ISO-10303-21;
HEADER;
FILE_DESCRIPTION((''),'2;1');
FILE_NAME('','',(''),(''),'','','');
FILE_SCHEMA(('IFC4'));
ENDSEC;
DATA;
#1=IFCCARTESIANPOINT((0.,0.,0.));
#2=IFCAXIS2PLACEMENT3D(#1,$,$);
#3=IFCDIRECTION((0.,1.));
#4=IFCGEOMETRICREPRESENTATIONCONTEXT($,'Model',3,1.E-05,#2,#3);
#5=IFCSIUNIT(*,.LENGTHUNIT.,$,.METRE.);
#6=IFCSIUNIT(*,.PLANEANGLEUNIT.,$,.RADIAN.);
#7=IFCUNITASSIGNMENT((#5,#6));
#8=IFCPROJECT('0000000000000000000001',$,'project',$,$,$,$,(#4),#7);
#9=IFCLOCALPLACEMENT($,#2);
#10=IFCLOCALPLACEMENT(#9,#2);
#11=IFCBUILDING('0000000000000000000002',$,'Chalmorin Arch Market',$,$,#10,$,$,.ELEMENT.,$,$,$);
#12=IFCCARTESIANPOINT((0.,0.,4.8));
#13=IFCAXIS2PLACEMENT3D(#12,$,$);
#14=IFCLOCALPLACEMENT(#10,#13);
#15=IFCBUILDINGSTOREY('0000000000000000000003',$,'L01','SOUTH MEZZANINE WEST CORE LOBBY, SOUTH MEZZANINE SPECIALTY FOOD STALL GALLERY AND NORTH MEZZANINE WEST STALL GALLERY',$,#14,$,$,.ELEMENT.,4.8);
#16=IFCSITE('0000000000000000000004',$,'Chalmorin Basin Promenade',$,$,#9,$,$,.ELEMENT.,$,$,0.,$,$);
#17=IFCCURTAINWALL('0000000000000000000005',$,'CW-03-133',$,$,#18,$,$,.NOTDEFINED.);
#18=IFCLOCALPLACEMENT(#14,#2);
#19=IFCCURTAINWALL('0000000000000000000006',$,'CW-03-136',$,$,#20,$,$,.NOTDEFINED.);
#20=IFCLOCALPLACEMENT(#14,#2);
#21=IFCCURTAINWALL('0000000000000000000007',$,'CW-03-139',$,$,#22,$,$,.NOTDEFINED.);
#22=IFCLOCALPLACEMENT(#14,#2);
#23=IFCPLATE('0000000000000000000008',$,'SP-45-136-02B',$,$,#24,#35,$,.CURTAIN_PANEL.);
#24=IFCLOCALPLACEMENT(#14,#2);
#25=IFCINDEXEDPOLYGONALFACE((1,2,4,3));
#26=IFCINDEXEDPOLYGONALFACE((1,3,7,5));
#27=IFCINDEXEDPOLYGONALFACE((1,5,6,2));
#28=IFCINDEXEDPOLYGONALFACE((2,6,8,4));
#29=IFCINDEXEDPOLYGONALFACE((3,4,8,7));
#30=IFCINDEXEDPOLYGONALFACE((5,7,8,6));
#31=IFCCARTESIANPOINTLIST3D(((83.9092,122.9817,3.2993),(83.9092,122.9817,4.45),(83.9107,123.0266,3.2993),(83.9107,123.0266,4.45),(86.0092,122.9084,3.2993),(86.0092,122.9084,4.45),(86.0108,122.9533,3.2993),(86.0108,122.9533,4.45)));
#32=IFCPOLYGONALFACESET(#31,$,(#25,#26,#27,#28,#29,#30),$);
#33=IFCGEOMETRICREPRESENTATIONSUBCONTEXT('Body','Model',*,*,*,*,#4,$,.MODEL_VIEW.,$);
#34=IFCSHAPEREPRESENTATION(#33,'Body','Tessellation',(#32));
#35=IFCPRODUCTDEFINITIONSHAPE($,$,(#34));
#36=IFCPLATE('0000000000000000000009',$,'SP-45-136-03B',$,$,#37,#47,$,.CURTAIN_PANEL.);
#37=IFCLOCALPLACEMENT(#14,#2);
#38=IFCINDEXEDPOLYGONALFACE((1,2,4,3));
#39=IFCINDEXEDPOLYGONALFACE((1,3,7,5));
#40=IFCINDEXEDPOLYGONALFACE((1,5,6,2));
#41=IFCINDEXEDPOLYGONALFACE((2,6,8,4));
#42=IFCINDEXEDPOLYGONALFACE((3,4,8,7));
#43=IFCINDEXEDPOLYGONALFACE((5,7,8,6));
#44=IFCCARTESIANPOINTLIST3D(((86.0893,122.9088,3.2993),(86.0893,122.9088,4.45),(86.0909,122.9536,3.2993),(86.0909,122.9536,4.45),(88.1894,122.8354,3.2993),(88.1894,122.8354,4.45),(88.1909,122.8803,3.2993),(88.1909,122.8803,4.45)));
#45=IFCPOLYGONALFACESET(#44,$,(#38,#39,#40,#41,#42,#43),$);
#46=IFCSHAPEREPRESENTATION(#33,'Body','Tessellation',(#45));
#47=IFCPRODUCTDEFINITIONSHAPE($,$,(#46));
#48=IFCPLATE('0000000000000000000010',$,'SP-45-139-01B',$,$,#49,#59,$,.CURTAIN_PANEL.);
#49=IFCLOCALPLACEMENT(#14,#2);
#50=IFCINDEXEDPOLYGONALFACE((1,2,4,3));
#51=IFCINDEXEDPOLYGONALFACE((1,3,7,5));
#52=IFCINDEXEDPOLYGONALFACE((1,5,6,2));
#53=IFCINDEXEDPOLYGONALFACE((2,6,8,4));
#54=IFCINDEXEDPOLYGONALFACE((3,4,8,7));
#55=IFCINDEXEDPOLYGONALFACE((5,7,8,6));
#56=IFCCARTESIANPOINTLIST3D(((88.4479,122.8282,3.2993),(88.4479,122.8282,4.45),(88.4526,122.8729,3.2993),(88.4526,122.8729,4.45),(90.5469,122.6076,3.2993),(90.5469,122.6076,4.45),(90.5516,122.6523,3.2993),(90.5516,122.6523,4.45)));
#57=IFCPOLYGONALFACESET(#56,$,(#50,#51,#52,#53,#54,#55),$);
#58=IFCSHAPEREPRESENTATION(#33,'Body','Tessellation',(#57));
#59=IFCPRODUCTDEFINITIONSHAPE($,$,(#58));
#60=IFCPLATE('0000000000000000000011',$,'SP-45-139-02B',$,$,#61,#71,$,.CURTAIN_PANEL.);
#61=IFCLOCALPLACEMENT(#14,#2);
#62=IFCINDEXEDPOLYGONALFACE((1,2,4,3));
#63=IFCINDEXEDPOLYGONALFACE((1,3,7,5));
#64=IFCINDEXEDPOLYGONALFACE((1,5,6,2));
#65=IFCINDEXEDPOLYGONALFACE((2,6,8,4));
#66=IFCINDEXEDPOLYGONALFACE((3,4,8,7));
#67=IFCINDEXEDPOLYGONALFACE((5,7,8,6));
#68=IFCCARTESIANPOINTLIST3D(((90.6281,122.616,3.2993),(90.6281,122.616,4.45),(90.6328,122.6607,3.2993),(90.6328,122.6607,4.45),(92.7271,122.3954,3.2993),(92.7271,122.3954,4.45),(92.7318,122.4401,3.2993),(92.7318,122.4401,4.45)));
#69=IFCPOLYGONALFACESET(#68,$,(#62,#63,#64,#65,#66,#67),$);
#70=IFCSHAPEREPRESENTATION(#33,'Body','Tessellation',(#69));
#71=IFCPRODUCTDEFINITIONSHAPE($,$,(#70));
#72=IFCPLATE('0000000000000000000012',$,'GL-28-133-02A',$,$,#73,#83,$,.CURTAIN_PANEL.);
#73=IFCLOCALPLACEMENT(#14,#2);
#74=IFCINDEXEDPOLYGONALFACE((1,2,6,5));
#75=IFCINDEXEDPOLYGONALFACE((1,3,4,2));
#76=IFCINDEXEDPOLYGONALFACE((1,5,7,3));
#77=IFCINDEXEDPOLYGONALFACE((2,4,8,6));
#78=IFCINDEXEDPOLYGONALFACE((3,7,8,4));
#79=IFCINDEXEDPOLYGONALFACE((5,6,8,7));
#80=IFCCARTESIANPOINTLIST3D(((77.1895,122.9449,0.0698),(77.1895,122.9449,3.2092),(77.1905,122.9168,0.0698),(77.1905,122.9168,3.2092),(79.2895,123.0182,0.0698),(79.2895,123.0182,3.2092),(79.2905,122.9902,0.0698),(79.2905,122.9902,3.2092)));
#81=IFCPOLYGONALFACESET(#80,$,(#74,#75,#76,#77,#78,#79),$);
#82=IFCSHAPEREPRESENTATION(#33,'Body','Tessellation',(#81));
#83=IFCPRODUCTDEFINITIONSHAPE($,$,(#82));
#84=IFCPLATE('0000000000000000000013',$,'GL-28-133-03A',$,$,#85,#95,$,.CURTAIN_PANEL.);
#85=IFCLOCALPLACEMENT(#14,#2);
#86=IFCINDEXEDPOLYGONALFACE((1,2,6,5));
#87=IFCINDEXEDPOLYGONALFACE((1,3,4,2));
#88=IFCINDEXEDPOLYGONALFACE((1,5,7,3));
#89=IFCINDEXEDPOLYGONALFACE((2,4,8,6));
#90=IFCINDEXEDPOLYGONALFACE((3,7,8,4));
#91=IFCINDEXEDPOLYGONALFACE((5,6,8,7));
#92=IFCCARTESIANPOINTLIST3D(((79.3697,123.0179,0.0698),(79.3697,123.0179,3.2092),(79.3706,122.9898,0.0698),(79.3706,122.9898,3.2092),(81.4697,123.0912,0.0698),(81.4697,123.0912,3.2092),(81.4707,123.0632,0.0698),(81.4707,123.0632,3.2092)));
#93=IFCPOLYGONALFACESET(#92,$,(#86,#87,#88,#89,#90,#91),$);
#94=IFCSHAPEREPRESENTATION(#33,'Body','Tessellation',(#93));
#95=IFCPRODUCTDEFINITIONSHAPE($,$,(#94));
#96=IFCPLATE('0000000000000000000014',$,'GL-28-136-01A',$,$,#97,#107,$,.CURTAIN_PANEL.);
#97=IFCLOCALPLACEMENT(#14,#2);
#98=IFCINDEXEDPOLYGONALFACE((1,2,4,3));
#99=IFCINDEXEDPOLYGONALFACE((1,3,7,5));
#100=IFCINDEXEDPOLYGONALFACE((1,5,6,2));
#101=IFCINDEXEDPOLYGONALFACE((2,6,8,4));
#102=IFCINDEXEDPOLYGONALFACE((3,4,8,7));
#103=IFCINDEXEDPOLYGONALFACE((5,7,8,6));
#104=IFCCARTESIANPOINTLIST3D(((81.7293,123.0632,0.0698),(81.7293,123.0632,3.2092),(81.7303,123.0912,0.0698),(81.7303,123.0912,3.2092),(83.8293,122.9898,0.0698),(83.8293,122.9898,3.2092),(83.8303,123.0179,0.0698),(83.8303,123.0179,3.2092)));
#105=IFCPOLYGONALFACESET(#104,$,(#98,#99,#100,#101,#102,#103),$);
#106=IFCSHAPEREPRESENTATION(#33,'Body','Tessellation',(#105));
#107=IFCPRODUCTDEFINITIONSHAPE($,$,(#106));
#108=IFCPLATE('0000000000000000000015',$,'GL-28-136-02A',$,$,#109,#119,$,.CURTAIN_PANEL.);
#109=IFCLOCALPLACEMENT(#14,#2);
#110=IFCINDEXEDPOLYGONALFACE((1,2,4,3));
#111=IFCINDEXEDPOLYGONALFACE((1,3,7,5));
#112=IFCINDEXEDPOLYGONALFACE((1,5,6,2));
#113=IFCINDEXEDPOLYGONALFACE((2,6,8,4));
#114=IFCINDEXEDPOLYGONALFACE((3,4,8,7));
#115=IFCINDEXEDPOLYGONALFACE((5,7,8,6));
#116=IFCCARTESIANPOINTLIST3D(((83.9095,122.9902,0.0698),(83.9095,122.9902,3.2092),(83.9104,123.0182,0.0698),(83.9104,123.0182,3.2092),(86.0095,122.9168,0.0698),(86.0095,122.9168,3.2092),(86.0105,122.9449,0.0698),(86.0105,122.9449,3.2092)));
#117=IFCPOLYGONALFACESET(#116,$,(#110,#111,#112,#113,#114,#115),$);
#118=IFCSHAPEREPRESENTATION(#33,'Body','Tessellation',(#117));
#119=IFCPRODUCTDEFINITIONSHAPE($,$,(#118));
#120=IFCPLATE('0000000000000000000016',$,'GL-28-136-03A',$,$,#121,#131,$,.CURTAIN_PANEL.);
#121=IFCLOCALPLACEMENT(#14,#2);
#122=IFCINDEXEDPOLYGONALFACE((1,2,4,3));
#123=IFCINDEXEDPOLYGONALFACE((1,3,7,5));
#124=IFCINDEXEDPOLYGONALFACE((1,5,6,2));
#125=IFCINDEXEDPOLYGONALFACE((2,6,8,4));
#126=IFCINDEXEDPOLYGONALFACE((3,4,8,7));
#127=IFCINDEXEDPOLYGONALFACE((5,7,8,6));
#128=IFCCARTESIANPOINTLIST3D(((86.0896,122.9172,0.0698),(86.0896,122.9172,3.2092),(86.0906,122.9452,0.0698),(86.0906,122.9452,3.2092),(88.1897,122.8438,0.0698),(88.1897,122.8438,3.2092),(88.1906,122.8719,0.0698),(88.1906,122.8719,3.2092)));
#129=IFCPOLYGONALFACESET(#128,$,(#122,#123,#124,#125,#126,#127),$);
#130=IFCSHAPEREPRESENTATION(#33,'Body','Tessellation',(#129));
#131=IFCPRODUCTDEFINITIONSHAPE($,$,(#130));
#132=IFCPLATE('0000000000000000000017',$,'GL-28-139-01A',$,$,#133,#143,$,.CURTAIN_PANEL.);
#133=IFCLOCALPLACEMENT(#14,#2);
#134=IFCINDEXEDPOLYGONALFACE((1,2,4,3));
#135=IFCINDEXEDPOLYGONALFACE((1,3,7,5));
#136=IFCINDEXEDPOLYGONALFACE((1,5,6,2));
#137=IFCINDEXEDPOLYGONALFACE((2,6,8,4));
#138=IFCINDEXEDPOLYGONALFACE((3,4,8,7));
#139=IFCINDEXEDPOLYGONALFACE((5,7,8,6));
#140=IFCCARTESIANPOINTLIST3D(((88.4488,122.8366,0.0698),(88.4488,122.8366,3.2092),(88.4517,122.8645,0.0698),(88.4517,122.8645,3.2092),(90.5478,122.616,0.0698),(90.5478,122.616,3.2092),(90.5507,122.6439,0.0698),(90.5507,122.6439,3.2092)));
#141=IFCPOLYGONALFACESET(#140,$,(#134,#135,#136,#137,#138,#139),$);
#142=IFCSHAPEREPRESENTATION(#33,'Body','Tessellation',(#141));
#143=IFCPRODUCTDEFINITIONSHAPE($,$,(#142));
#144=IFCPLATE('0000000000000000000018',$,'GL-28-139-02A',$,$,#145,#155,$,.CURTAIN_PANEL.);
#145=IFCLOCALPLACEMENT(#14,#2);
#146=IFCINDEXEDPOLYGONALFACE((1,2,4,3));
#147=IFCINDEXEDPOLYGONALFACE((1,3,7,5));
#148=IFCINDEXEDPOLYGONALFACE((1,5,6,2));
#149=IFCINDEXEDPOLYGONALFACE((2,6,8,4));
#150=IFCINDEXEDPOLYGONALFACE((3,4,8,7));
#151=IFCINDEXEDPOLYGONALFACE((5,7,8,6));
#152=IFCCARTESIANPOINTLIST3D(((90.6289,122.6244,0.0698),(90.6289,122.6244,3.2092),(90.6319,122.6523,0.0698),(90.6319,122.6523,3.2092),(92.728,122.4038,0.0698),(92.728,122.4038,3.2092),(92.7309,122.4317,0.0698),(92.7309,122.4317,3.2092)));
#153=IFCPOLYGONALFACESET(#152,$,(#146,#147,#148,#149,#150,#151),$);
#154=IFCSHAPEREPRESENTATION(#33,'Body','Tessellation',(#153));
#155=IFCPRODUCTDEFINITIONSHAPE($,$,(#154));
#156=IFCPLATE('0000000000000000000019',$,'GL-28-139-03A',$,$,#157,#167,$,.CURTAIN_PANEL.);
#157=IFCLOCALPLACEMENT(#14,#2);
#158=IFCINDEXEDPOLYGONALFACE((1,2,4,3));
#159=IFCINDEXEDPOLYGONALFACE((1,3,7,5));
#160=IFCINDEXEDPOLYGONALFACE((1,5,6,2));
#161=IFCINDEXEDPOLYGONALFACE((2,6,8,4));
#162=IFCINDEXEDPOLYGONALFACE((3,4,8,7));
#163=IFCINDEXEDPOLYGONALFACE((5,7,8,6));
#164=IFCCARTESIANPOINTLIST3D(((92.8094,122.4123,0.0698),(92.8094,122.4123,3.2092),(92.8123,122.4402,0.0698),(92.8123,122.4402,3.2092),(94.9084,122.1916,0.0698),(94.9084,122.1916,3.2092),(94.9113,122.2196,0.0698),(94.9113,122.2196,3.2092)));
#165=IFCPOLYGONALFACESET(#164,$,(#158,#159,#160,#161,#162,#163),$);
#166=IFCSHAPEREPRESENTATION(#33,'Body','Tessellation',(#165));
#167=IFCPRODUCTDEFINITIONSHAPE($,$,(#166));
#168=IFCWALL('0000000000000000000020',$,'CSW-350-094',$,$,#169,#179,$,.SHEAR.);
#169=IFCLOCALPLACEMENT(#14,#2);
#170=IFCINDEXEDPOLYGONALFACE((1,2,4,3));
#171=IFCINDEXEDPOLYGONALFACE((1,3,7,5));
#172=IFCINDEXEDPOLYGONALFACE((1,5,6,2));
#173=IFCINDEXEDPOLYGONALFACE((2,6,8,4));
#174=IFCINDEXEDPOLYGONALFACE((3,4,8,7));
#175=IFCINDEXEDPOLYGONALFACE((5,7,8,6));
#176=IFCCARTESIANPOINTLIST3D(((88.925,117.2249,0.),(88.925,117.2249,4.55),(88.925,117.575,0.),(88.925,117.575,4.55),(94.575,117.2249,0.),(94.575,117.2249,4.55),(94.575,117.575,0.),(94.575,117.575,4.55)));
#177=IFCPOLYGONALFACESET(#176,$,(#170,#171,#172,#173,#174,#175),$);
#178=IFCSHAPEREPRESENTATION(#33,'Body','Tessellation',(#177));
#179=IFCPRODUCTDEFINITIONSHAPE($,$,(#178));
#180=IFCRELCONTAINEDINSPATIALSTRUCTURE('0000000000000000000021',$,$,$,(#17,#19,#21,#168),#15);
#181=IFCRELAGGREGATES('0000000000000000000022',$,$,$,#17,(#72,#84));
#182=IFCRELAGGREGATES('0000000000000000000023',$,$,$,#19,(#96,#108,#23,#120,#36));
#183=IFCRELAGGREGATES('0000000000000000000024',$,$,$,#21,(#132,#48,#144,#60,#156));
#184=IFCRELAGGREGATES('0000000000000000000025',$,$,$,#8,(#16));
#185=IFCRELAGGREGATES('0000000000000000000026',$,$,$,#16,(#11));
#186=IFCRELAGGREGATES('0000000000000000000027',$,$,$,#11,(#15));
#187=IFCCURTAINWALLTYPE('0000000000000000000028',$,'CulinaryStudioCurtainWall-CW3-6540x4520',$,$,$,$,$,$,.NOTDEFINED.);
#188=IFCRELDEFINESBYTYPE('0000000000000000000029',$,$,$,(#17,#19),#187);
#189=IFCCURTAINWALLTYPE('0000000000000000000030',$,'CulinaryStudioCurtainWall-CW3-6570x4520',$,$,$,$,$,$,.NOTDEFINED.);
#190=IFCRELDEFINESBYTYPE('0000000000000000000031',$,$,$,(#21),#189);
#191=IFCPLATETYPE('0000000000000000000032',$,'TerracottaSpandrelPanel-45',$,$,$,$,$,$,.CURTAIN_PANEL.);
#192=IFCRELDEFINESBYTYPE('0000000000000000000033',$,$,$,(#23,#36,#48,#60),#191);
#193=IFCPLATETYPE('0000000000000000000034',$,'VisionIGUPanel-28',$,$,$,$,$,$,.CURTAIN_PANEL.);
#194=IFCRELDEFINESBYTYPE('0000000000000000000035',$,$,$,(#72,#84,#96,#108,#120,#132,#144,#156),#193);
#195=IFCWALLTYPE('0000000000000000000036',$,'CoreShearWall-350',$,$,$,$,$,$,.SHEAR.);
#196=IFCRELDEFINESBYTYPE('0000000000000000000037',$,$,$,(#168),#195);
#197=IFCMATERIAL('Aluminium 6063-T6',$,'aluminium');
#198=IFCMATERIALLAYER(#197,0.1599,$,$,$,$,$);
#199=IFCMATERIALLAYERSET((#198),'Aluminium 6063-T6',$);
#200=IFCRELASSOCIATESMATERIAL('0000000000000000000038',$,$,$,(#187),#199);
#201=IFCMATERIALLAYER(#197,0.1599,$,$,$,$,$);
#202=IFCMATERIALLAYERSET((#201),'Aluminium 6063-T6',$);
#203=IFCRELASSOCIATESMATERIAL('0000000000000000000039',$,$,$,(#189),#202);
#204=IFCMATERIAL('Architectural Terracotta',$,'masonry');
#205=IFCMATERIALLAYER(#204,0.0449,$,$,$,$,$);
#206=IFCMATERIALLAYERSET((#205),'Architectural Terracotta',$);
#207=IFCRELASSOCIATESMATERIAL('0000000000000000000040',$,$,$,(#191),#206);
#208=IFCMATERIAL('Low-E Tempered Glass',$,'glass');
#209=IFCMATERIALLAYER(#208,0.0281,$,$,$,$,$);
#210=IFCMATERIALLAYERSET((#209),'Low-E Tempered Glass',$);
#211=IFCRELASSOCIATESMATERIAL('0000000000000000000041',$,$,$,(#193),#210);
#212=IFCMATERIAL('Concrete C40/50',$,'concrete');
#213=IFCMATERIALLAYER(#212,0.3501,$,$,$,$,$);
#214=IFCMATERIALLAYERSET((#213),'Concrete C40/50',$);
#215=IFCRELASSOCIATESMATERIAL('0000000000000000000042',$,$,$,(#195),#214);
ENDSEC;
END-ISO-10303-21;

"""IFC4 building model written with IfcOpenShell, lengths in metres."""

from ifc_helpers import new_model, si_unit, direction, frame, frame_2d, origin, origin_2d, place, context, subcontext, project, spatial, rectangle, extrude, material, layer, layer_set, type_object, element, aggregate, save


model = new_model("IFC4")

# Units and contexts
model_context = context("Model", 3, precision=1e-05, world=origin(), true_north=direction((0.0, 1.0)))
body_context = subcontext(model_context, "Body", "Model", "MODEL_VIEW")
ifc_project = project(units=[si_unit("LENGTHUNIT", "METRE"), si_unit("PLANEANGLEUNIT", "RADIAN")], contexts=[model_context])

# Site, building, storey
site_placement = place(None, origin())
site = spatial("IfcSite", under=ifc_project, at=site_placement, Name="Chalmorin Basin Promenade", CompositionType="ELEMENT", RefElevation=0.0)
building_placement = place(site_placement, origin())
building = spatial("IfcBuilding", under=site, at=building_placement, Name="Chalmorin Arch Market", CompositionType="ELEMENT")
storey_placement = place(building_placement, frame((0.0, 0.0, 4.8)))
storey = spatial("IfcBuildingStorey", under=building, at=storey_placement, Name="L01", Description="SOUTH MEZZANINE WEST CORE LOBBY, SOUTH MEZZANINE SPECIALTY FOOD STALL GALLERY AND NORTH MEZZANINE WEST STALL GALLERY", CompositionType="ELEMENT", Elevation=4.8)

# Shared definitions
ifc_material_1 = material(Name="Concrete C40/50", Category="concrete")

# Curtain walls
ifc_material_2 = material(Name="Aluminium 6063-T6", Category="aluminium")
ifc_layer_1 = layer(ifc_material_2, 0.1599)
ifc_layer_set_1 = layer_set([ifc_layer_1], Name="Aluminium 6063-T6")
curtain_wall_type_1 = type_object("IfcCurtainWallType", Name="CulinaryStudioCurtainWall-CW3-6540x4520", PredefinedType="NOTDEFINED", material=ifc_layer_set_1)
curtain_wall_1_placement = place(storey_placement, origin())
curtain_wall_1 = element("IfcCurtainWall", 1, at=curtain_wall_1_placement, inside=storey, type_object=curtain_wall_type_1, Name="CW-03-133", PredefinedType="NOTDEFINED")
curtain_wall_2_placement = place(storey_placement, origin())
curtain_wall_2 = element("IfcCurtainWall", 2, at=curtain_wall_2_placement, inside=storey, type_object=curtain_wall_type_1, Name="CW-03-136", PredefinedType="NOTDEFINED")
ifc_layer_2 = layer(ifc_material_2, 0.1599)
ifc_layer_set_2 = layer_set([ifc_layer_2], Name="Aluminium 6063-T6")
curtain_wall_type_2 = type_object("IfcCurtainWallType", Name="CulinaryStudioCurtainWall-CW3-6570x4520", PredefinedType="NOTDEFINED", material=ifc_layer_set_2)
curtain_wall_3_placement = place(storey_placement, origin())
curtain_wall_3 = element("IfcCurtainWall", 3, at=curtain_wall_3_placement, inside=storey, type_object=curtain_wall_type_2, Name="CW-03-139", PredefinedType="NOTDEFINED")

# Plates
ifc_material_3 = material(Name="Architectural Terracotta", Category="masonry")
ifc_layer_3 = layer(ifc_material_3, 0.0449)
ifc_layer_set_3 = layer_set([ifc_layer_3], Name="Architectural Terracotta")
plate_type_1 = type_object("IfcPlateType", Name="TerracottaSpandrelPanel-45", PredefinedType="CURTAIN_PANEL", material=ifc_layer_set_3)
plate_1_placement = place(storey_placement, frame((84.96, 122.9675, 3.2993), z_axis=(0.0, 0.0, 1.0), x_axis=(0.999391, -0.034899, 0.0)))
plate_1 = element("IfcPlate", 4, at=plate_1_placement, type_object=plate_type_1, Name="SP-45-136-02B", PredefinedType="CURTAIN_PANEL", context=body_context, shape_type="SweptSolid", body=[
    extrude(rectangle(XDim=2.1013, YDim=0.0449, at=origin_2d()), origin(), (0.0, 0.0, 1.0), 1.1506),
])
plate_2_placement = place(storey_placement, frame((87.1401, 122.8945, 3.2993), z_axis=(0.0, 0.0, 1.0), x_axis=(0.999391, -0.034899, 0.0)))
plate_2 = element("IfcPlate", 5, at=plate_2_placement, type_object=plate_type_1, Name="SP-45-136-03B", PredefinedType="CURTAIN_PANEL", context=body_context, shape_type="SweptSolid", body=[
    extrude(rectangle(XDim=2.1013, YDim=0.0449, at=origin_2d()), origin(), (0.0, 0.0, 1.0), 1.1506),
])
plate_3_placement = place(storey_placement, frame((89.4998, 122.7402, 3.2993), z_axis=(0.0, 0.0, 1.0), x_axis=(0.994522, -0.104528, 0.0)))
plate_3 = element("IfcPlate", 6, at=plate_3_placement, type_object=plate_type_1, Name="SP-45-139-01B", PredefinedType="CURTAIN_PANEL", context=body_context, shape_type="SweptSolid", body=[
    extrude(rectangle(XDim=2.1106, YDim=0.0449, at=origin_2d()), origin(), (0.0, 0.0, 1.0), 1.1506),
])
plate_4_placement = place(storey_placement, frame((91.6799, 122.5281, 3.2993), z_axis=(0.0, 0.0, 1.0), x_axis=(0.994522, -0.104528, 0.0)))
plate_4 = element("IfcPlate", 7, at=plate_4_placement, type_object=plate_type_1, Name="SP-45-139-02B", PredefinedType="CURTAIN_PANEL", context=body_context, shape_type="SweptSolid", body=[
    extrude(rectangle(XDim=2.1106, YDim=0.0449, at=origin_2d()), origin(), (0.0, 0.0, 1.0), 1.1506),
])
ifc_material_4 = material(Name="Low-E Tempered Glass", Category="glass")
ifc_layer_4 = layer(ifc_material_4, 0.0281)
ifc_layer_set_4 = layer_set([ifc_layer_4], Name="Low-E Tempered Glass")
plate_type_2 = type_object("IfcPlateType", Name="VisionIGUPanel-28", PredefinedType="CURTAIN_PANEL", material=ifc_layer_set_4)
plate_5_placement = place(storey_placement, frame((78.24, 122.9675, 0.0698), z_axis=(0.0, 0.0, 1.0), x_axis=(0.999391, 0.034899, 0.0)))
plate_5 = element("IfcPlate", 8, at=plate_5_placement, type_object=plate_type_2, Name="GL-28-133-02A", PredefinedType="CURTAIN_PANEL", context=body_context, shape_type="SweptSolid", body=[
    extrude(rectangle(XDim=2.1013, YDim=0.0281, at=origin_2d()), origin(), (0.0, 0.0, 1.0), 3.1394),
])
plate_6_placement = place(storey_placement, frame((80.4202, 123.0405, 0.0698), z_axis=(0.0, 0.0, 1.0), x_axis=(0.999391, 0.034899, 0.0)))
plate_6 = element("IfcPlate", 9, at=plate_6_placement, type_object=plate_type_2, Name="GL-28-133-03A", PredefinedType="CURTAIN_PANEL", context=body_context, shape_type="SweptSolid", body=[
    extrude(rectangle(XDim=2.1013, YDim=0.0281, at=origin_2d()), origin(), (0.0, 0.0, 1.0), 3.1394),
])
aggregate(curtain_wall_1, [plate_5, plate_6])
plate_7_placement = place(storey_placement, frame((82.7798, 123.0405, 0.0698), z_axis=(0.0, 0.0, 1.0), x_axis=(0.999391, -0.034899, 0.0)))
plate_7 = element("IfcPlate", 10, at=plate_7_placement, type_object=plate_type_2, Name="GL-28-136-01A", PredefinedType="CURTAIN_PANEL", context=body_context, shape_type="SweptSolid", body=[
    extrude(rectangle(XDim=2.1013, YDim=0.0281, at=origin_2d()), origin(), (0.0, 0.0, 1.0), 3.1394),
])
plate_8_placement = place(storey_placement, frame((84.96, 122.9675, 0.0698), z_axis=(0.0, 0.0, 1.0), x_axis=(0.999391, -0.034899, 0.0)))
plate_8 = element("IfcPlate", 11, at=plate_8_placement, type_object=plate_type_2, Name="GL-28-136-02A", PredefinedType="CURTAIN_PANEL", context=body_context, shape_type="SweptSolid", body=[
    extrude(rectangle(XDim=2.1013, YDim=0.0281, at=origin_2d()), origin(), (0.0, 0.0, 1.0), 3.1394),
])
plate_9_placement = place(storey_placement, frame((87.1401, 122.8945, 0.0698), z_axis=(0.0, 0.0, 1.0), x_axis=(0.999391, -0.034899, 0.0)))
plate_9 = element("IfcPlate", 12, at=plate_9_placement, type_object=plate_type_2, Name="GL-28-136-03A", PredefinedType="CURTAIN_PANEL", context=body_context, shape_type="SweptSolid", body=[
    extrude(rectangle(XDim=2.1013, YDim=0.0281, at=origin_2d()), origin(), (0.0, 0.0, 1.0), 3.1394),
])
aggregate(curtain_wall_2, [plate_7, plate_8, plate_1, plate_9, plate_2])
plate_10_placement = place(storey_placement, frame((89.4998, 122.7402, 0.0698), z_axis=(0.0, 0.0, 1.0), x_axis=(0.994522, -0.104528, 0.0)))
plate_10 = element("IfcPlate", 13, at=plate_10_placement, type_object=plate_type_2, Name="GL-28-139-01A", PredefinedType="CURTAIN_PANEL", context=body_context, shape_type="SweptSolid", body=[
    extrude(rectangle(XDim=2.1106, YDim=0.0281, at=origin_2d()), origin(), (0.0, 0.0, 1.0), 3.1394),
])
plate_11_placement = place(storey_placement, frame((91.6799, 122.5281, 0.0698), z_axis=(0.0, 0.0, 1.0), x_axis=(0.994522, -0.104528, 0.0)))
plate_11 = element("IfcPlate", 14, at=plate_11_placement, type_object=plate_type_2, Name="GL-28-139-02A", PredefinedType="CURTAIN_PANEL", context=body_context, shape_type="SweptSolid", body=[
    extrude(rectangle(XDim=2.1106, YDim=0.0281, at=origin_2d()), origin(), (0.0, 0.0, 1.0), 3.1394),
])
plate_12_placement = place(storey_placement, frame((93.8604, 122.3159, 0.0698), z_axis=(0.0, 0.0, 1.0), x_axis=(0.994522, -0.104528, 0.0)))
plate_12 = element("IfcPlate", 15, at=plate_12_placement, type_object=plate_type_2, Name="GL-28-139-03A", PredefinedType="CURTAIN_PANEL", context=body_context, shape_type="SweptSolid", body=[
    extrude(rectangle(XDim=2.1106, YDim=0.0281, at=origin_2d()), origin(), (0.0, 0.0, 1.0), 3.1394),
])
aggregate(curtain_wall_3, [plate_10, plate_3, plate_11, plate_4, plate_12])

# Wall
ifc_layer_5 = layer(ifc_material_1, 0.3501)
ifc_layer_set_5 = layer_set([ifc_layer_5], Name="Concrete C40/50")
wall_type = type_object("IfcWallType", Name="CoreShearWall-350", PredefinedType="SHEAR", material=ifc_layer_set_5)
wall_placement = place(storey_placement, frame((88.925, 117.3999, 0.0), z_axis=(0.0, 0.0, 1.0), x_axis=(1.0, 0.0, 0.0)))
element("IfcWall", 16, at=wall_placement, inside=storey, type_object=wall_type, Name="CSW-350-094", PredefinedType="SHEAR", context=body_context, shape_type="SweptSolid", body=[
    extrude(rectangle(XDim=5.6499, YDim=0.3501, at=frame_2d((2.825, 0.0))), origin(), (0.0, 0.0, 1.0), 4.55),
])

save(model, "model.ifc")
